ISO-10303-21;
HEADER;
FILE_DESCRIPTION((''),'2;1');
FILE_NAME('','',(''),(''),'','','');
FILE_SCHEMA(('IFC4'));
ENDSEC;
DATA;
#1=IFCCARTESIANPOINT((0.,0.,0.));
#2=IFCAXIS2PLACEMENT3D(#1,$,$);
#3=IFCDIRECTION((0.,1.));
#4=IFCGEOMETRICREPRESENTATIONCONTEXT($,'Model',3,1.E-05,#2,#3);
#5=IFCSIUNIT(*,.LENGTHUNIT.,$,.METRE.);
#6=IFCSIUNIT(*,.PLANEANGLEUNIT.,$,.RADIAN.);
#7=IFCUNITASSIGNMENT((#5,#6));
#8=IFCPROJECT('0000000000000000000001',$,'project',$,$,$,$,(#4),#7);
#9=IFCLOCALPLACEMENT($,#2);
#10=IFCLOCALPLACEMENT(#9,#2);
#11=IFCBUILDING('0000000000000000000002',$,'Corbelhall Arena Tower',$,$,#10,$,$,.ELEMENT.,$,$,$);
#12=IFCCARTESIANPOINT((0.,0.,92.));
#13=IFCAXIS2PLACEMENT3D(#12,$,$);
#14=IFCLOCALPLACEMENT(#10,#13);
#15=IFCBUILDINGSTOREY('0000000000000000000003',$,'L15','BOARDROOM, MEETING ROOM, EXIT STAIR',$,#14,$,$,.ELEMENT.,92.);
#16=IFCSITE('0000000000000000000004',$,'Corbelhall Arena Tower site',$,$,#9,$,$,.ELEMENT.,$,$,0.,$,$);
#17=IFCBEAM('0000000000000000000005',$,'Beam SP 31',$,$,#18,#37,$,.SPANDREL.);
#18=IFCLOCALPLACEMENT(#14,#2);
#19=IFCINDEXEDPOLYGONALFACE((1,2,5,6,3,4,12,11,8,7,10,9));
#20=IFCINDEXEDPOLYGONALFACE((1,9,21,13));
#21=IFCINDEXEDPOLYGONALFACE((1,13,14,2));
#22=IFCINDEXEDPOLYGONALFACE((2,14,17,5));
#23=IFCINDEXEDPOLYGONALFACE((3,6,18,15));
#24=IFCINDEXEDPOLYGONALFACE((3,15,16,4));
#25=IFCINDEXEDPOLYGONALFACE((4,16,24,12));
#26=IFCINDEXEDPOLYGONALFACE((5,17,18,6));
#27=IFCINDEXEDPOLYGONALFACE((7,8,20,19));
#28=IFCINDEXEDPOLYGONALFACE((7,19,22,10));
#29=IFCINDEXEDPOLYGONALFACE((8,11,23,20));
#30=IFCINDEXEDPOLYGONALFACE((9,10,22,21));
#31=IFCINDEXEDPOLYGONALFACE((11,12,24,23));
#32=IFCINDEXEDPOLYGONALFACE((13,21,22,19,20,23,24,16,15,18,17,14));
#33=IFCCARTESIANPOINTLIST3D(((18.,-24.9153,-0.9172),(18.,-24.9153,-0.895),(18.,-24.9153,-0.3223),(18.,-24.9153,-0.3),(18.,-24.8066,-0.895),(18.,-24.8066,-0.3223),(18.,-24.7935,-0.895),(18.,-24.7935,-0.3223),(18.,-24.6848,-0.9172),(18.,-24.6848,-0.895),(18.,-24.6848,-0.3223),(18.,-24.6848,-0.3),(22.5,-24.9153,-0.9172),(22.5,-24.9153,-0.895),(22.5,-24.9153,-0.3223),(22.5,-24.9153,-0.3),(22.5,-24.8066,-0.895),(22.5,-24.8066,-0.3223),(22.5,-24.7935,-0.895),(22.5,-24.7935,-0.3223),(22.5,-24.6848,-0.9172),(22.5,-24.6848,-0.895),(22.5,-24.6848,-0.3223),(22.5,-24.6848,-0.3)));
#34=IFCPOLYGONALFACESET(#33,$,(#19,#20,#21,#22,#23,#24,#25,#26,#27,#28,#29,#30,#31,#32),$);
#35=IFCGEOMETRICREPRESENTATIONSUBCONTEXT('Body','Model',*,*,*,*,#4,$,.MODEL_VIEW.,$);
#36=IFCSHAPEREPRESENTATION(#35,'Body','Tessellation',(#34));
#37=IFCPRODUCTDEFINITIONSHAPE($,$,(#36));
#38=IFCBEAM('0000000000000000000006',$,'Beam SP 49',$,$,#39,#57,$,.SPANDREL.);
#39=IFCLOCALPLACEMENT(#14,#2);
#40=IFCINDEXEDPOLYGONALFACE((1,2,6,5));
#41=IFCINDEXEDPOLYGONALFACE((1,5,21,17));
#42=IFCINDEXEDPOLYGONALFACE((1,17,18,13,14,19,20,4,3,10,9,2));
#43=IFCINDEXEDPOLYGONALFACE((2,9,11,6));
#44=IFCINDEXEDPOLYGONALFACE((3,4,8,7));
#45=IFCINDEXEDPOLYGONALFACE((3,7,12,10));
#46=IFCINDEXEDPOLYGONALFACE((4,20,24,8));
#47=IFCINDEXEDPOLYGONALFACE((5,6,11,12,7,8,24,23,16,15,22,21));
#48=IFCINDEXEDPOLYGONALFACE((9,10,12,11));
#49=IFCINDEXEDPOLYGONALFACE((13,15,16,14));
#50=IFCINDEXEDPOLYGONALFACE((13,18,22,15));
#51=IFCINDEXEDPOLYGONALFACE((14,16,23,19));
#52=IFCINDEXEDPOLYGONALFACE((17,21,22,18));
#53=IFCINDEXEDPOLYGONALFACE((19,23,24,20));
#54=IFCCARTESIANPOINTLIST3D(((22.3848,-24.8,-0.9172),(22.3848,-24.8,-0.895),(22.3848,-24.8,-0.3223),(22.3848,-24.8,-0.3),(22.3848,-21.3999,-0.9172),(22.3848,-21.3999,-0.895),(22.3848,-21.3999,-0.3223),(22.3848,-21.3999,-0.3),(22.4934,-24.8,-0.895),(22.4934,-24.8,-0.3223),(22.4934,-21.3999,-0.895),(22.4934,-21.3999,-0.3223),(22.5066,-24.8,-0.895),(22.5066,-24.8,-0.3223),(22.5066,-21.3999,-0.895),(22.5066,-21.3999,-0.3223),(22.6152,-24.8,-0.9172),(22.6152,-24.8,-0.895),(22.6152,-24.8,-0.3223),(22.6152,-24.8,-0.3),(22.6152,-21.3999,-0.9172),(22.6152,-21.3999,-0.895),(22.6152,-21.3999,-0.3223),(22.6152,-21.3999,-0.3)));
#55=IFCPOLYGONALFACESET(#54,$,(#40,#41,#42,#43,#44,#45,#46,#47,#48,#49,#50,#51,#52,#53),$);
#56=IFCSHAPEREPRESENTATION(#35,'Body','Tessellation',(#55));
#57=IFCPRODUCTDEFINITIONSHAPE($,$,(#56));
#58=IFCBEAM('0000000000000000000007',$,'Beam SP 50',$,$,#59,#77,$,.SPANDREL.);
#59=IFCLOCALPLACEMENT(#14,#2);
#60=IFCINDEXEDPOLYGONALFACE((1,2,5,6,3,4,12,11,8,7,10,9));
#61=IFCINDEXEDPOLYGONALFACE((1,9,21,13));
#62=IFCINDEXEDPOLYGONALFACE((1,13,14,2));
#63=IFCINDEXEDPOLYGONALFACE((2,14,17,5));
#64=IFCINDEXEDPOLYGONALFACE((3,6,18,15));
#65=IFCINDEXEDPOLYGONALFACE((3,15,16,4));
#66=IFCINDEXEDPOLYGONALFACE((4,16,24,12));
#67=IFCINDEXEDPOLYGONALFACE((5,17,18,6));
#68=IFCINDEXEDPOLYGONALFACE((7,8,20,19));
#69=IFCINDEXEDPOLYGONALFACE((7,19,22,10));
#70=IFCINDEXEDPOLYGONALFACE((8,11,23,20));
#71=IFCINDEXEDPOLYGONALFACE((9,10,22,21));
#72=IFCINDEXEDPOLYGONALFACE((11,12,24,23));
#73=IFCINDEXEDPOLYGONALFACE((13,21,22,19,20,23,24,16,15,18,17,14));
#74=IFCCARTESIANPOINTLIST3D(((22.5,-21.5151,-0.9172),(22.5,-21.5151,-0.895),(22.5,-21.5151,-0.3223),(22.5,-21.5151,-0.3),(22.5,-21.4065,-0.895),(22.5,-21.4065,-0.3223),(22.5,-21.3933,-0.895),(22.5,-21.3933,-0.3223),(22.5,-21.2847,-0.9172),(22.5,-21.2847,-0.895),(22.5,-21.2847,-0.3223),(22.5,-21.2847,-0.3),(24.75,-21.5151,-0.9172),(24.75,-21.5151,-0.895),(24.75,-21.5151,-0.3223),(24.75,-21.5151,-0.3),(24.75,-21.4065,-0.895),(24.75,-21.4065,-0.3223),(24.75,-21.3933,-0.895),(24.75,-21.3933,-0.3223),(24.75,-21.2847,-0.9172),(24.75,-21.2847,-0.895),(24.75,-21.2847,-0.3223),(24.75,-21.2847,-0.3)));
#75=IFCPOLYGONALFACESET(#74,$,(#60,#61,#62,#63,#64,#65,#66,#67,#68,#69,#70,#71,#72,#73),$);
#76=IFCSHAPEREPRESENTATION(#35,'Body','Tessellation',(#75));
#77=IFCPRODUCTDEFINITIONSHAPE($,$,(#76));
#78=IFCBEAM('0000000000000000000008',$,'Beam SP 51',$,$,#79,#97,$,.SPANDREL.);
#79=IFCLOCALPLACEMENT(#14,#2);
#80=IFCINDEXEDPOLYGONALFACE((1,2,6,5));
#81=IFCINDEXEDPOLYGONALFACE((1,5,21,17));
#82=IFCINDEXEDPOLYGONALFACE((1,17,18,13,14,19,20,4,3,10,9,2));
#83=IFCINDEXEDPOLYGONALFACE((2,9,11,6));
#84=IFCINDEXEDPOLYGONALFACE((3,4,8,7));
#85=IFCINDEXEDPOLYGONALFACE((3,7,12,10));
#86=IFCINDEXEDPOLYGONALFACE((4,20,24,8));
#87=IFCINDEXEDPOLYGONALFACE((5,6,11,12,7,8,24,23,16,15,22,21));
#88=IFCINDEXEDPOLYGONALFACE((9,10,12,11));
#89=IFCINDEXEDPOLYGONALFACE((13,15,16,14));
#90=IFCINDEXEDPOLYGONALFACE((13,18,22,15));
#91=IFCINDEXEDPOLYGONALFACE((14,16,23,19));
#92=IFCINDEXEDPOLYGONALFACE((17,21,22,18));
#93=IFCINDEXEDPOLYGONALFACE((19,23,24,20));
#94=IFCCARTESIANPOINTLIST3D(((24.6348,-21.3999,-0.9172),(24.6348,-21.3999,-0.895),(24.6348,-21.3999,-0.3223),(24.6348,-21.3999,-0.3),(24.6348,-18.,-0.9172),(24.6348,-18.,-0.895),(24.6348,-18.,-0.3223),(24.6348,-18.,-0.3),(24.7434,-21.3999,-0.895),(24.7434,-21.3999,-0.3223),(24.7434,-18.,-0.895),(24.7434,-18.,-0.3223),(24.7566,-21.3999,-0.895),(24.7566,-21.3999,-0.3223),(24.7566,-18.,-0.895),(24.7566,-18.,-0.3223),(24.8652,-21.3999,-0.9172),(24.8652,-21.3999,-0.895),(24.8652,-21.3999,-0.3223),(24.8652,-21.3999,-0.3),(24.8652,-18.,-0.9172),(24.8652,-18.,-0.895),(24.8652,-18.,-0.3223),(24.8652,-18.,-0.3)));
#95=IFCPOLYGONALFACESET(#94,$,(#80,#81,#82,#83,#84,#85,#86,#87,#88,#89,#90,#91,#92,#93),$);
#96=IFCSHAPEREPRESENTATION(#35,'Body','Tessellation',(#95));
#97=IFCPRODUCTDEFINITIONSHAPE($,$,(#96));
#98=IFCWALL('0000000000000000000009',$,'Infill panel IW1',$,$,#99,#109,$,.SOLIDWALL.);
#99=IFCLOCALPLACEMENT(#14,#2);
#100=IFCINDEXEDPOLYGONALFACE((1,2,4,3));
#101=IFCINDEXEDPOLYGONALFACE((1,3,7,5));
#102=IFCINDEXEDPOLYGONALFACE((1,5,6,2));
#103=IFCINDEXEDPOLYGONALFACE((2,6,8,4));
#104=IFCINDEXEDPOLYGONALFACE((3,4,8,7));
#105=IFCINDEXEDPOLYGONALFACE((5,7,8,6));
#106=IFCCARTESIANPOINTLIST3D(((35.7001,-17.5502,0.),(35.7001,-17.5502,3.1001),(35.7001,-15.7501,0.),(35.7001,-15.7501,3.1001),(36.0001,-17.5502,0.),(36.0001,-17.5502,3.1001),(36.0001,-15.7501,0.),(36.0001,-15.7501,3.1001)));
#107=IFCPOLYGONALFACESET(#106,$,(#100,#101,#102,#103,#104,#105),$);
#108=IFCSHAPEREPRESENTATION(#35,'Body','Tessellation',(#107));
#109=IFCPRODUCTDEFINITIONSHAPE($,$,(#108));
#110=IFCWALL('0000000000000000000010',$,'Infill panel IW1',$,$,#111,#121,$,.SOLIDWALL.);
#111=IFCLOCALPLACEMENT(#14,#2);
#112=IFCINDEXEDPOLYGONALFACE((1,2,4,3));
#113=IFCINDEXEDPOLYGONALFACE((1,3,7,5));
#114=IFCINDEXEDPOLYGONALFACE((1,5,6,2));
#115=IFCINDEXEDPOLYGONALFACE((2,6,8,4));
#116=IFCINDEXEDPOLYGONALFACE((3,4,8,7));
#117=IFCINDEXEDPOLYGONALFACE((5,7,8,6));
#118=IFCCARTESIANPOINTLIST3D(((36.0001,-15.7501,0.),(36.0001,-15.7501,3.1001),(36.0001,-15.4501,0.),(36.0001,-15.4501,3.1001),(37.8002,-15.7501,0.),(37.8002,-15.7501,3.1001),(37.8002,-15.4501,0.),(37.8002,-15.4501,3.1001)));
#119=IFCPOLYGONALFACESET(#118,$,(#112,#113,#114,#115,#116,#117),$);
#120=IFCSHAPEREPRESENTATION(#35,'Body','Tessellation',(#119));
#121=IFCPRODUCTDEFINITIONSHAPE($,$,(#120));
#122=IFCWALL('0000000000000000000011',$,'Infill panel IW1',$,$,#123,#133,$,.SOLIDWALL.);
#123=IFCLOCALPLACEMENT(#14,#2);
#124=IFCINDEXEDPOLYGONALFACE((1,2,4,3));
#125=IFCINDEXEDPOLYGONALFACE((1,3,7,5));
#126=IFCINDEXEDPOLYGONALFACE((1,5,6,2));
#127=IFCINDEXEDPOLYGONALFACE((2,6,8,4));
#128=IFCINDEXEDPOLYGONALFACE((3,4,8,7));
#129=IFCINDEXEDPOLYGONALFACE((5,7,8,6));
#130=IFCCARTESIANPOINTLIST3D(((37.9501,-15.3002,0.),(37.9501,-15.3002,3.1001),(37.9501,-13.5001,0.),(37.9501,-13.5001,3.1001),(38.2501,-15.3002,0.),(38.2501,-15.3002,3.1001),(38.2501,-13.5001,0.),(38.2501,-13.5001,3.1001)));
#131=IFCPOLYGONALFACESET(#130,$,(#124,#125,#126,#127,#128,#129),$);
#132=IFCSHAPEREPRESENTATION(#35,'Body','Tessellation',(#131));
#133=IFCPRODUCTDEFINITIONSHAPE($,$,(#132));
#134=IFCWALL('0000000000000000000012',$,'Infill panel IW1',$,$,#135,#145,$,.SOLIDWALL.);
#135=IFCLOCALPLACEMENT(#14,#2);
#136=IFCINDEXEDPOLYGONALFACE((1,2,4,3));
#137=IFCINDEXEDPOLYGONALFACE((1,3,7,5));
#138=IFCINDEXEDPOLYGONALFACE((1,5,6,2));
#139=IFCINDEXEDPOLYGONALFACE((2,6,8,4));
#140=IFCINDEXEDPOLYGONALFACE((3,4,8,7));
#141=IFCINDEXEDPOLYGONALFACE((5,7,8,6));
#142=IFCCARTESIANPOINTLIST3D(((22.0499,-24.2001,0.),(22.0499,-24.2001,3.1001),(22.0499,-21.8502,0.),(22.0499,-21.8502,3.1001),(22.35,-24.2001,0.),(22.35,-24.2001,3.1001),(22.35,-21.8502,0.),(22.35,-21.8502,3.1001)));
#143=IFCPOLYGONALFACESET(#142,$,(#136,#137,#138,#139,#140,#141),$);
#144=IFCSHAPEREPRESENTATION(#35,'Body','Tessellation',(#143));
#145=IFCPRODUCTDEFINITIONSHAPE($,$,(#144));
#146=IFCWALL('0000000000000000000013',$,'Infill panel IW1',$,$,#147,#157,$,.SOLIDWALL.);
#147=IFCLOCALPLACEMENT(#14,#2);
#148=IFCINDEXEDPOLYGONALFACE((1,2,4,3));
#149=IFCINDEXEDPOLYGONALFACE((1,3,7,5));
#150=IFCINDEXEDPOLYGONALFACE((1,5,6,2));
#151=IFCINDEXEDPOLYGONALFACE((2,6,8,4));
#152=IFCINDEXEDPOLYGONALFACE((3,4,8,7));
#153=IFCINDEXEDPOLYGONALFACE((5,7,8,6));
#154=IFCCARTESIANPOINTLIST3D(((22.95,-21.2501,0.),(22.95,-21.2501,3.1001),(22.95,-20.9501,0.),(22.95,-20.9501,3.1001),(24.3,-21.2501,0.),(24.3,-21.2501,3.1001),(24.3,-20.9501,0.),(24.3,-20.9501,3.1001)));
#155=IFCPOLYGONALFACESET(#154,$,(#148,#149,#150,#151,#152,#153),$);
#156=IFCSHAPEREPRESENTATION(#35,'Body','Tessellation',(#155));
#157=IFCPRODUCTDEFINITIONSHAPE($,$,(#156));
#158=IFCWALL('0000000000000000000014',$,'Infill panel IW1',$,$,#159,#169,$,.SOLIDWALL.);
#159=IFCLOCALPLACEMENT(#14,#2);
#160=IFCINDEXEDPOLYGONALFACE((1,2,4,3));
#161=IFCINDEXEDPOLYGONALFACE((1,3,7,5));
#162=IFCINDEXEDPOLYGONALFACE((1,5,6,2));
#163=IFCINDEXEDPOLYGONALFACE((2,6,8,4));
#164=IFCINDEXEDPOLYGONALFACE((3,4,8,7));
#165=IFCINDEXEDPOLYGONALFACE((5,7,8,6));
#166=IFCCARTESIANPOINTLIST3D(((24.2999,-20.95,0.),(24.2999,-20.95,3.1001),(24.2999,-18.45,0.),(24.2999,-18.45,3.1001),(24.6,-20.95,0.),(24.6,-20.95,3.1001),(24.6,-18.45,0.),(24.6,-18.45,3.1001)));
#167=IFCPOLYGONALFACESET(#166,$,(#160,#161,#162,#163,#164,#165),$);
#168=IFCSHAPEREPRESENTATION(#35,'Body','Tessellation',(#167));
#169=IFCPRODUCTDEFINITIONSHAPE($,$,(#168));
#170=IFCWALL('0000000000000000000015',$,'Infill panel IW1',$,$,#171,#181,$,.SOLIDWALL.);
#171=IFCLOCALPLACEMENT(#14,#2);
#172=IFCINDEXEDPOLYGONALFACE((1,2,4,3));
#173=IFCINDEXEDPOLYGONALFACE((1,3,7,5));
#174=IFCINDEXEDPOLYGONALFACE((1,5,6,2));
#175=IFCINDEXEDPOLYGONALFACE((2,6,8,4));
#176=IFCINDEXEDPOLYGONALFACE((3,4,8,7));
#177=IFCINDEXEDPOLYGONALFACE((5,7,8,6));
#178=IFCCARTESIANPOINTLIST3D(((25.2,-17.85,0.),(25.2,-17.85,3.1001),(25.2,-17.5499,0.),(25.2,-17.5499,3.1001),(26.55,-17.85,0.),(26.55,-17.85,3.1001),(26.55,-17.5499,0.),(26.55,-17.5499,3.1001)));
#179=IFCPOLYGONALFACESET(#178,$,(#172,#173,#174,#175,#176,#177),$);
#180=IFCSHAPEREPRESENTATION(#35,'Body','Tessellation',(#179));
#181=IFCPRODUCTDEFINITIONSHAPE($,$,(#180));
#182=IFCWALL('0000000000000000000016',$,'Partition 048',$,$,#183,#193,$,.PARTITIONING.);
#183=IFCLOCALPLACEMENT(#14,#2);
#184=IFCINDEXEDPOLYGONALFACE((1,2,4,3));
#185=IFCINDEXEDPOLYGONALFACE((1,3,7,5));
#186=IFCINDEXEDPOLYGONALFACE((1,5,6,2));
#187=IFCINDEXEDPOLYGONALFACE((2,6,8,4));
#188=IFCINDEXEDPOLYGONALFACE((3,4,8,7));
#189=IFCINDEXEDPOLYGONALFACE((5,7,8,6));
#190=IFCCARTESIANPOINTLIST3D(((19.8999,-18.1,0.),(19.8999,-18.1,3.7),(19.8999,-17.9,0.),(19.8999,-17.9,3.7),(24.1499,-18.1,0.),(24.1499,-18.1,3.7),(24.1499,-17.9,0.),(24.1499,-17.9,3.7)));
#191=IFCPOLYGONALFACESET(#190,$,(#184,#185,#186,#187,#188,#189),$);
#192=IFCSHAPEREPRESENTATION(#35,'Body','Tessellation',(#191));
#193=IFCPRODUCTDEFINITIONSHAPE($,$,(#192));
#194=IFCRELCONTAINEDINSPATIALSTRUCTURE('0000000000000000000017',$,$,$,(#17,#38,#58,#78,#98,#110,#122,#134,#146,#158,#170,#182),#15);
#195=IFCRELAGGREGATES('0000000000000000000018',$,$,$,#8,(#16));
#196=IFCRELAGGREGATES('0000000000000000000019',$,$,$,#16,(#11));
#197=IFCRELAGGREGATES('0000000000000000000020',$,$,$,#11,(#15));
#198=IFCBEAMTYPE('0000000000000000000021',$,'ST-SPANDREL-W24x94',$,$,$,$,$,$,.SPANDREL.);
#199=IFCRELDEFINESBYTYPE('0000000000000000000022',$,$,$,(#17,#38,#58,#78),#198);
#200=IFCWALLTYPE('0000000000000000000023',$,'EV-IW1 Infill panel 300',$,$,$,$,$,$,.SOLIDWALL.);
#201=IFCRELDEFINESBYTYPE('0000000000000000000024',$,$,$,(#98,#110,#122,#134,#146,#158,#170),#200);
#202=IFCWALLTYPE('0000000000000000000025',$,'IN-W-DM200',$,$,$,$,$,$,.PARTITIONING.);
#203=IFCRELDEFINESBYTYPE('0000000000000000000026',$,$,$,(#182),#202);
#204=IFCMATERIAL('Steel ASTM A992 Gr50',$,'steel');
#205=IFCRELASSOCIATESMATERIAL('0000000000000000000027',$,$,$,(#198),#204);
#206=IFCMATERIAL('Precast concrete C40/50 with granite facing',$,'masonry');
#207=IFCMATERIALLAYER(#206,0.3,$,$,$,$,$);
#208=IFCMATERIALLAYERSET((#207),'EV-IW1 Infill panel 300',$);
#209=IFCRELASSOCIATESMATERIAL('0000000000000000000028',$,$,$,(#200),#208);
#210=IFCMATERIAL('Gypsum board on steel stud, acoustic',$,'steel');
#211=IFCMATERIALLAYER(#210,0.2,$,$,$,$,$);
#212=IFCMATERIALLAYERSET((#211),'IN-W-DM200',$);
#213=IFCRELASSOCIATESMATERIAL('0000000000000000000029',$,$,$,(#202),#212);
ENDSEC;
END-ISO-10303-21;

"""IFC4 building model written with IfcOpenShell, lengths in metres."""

from ifc_helpers import new_model, si_unit, direction, frame, frame_2d, origin, origin_2d, place, context, subcontext, project, spatial, rectangle, i_section, extrude, material, layer, layer_set, material_profile, profile_set, type_object, element, save


model = new_model("IFC4")

# Units and contexts
model_context = context("Model", 3, precision=1e-05, world=origin(), true_north=direction((0.0, 1.0)))
body_context = subcontext(model_context, "Body", "Model", "MODEL_VIEW")
ifc_project = project(units=[si_unit("LENGTHUNIT", "METRE"), si_unit("PLANEANGLEUNIT", "RADIAN")], contexts=[model_context])

# Site, building, storey
site_placement = place(None, origin())
site = spatial("IfcSite", under=ifc_project, at=site_placement, Name="Corbelhall Arena Tower site", CompositionType="ELEMENT", RefElevation=0.0)
building_placement = place(site_placement, origin())
building = spatial("IfcBuilding", under=site, at=building_placement, Name="Corbelhall Arena Tower", CompositionType="ELEMENT")
storey_placement = place(building_placement, frame((0.0, 0.0, 92.0)))
storey = spatial("IfcBuildingStorey", under=building, at=storey_placement, Name="L15", Description="BOARDROOM, MEETING ROOM, EXIT STAIR", CompositionType="ELEMENT", Elevation=92.0)

# Beams
ifc_material_1 = material(Name="Steel ASTM A992 Gr50", Category="steel")
ifc_material_profile_1 = material_profile(ifc_material_1, i_section(OverallWidth=0.2305, OverallDepth=0.6172, WebThickness=0.0132, FlangeThickness=0.0222, at=origin_2d()))
ifc_profile_set_1 = profile_set([ifc_material_profile_1], Name="Steel ASTM A992 Gr50")
beam_type = type_object("IfcBeamType", Name="ST-SPANDREL-W24x94", PredefinedType="SPANDREL", material=ifc_profile_set_1)
beam_1_placement = place(storey_placement, frame((22.5, -24.8, -0.6086), z_axis=(-1.0, 0.0, 0.0), x_axis=(0.0, -1.0, 0.0)))
element("IfcBeam", 1, at=beam_1_placement, inside=storey, type_object=beam_type, Name="Beam SP 31", PredefinedType="SPANDREL", context=body_context, shape_type="SweptSolid", body=[
    extrude(i_section(OverallWidth=0.2305, OverallDepth=0.6172, WebThickness=0.0132, FlangeThickness=0.0222, at=origin_2d()), origin(), (0.0, 0.0, 1.0), 4.5),
])
beam_2_placement = place(storey_placement, frame((22.5, -21.3999, -0.6086), z_axis=(0.0, -1.0, 0.0), x_axis=(1.0, 0.0, 0.0)))
element("IfcBeam", 2, at=beam_2_placement, inside=storey, type_object=beam_type, Name="Beam SP 49", PredefinedType="SPANDREL", context=body_context, shape_type="SweptSolid", body=[
    extrude(i_section(OverallWidth=0.2305, OverallDepth=0.6172, WebThickness=0.0132, FlangeThickness=0.0222, at=origin_2d()), origin(), (0.0, 0.0, 1.0), 3.4001),
])
beam_3_placement = place(storey_placement, frame((24.75, -21.3999, -0.6086), z_axis=(-1.0, 0.0, 0.0), x_axis=(0.0, -1.0, 0.0)))
element("IfcBeam", 3, at=beam_3_placement, inside=storey, type_object=beam_type, Name="Beam SP 50", PredefinedType="SPANDREL", context=body_context, shape_type="SweptSolid", body=[
    extrude(i_section(OverallWidth=0.2305, OverallDepth=0.6172, WebThickness=0.0132, FlangeThickness=0.0222, at=origin_2d()), origin(), (0.0, 0.0, 1.0), 2.25),
])
beam_4_placement = place(storey_placement, frame((24.75, -18.0, -0.6086), z_axis=(0.0, -1.0, 0.0), x_axis=(1.0, 0.0, 0.0)))
element("IfcBeam", 4, at=beam_4_placement, inside=storey, type_object=beam_type, Name="Beam SP 51", PredefinedType="SPANDREL", context=body_context, shape_type="SweptSolid", body=[
    extrude(i_section(OverallWidth=0.2305, OverallDepth=0.6172, WebThickness=0.0132, FlangeThickness=0.0222, at=origin_2d()), origin(), (0.0, 0.0, 1.0), 3.3999),
])

# Walls
ifc_material_2 = material(Name="Precast concrete C40/50 with granite facing", Category="masonry")
ifc_layer_1 = layer(ifc_material_2, 0.3)
ifc_layer_set_1 = layer_set([ifc_layer_1], Name="EV-IW1 Infill panel 300")
wall_type_1 = type_object("IfcWallType", Name="EV-IW1 Infill panel 300", PredefinedType="SOLIDWALL", material=ifc_layer_set_1)
for number, where, z_axis, x_axis, name in (
    (5, (35.8501, -17.55, 0.0), (0.0, 0.0, 1.0), (0.0, 1.0, 0.0), "Infill panel IW1"),
    (6, (37.8, -15.6001, 0.0), (0.0, 0.0, 1.0), (-1.0, 0.0, 0.0), "Infill panel IW1"),
    (7, (38.1001, -15.3, 0.0), (0.0, 0.0, 1.0), (0.0, 1.0, 0.0), "Infill panel IW1"),
):
    element("IfcWall", number, at=place(storey_placement, frame(where, z_axis=z_axis, x_axis=x_axis)), inside=storey, type_object=wall_type_1, Name=name, PredefinedType="SOLIDWALL", context=body_context, shape_type="SweptSolid", body=[
        extrude(rectangle(XDim=1.8, YDim=0.3, at=frame_2d((0.8999, 0.0))), origin(), (0.0, 0.0, 1.0), 3.1001),
    ])
wall_1_placement = place(storey_placement, frame((22.2, -24.2, 0.0), z_axis=(0.0, 0.0, 1.0), x_axis=(0.0, 1.0, 0.0)))
element("IfcWall", 8, at=wall_1_placement, inside=storey, type_object=wall_type_1, Name="Infill panel IW1", PredefinedType="SOLIDWALL", context=body_context, shape_type="SweptSolid", body=[
    extrude(rectangle(XDim=2.3499, YDim=0.3, at=frame_2d((1.1748, 0.0))), origin(), (0.0, 0.0, 1.0), 3.1001),
])
wall_2_placement = place(storey_placement, frame((22.95, -21.1001, 0.0), z_axis=(0.0, 0.0, 1.0), x_axis=(1.0, 0.0, 0.0)))
element("IfcWall", 9, at=wall_2_placement, inside=storey, type_object=wall_type_1, Name="Infill panel IW1", PredefinedType="SOLIDWALL", context=body_context, shape_type="SweptSolid", body=[
    extrude(rectangle(XDim=1.3501, YDim=0.3, at=frame_2d((0.675, 0.0))), origin(), (0.0, 0.0, 1.0), 3.1001),
])
wall_3_placement = place(storey_placement, frame((24.45, -20.95, 0.0), z_axis=(0.0, 0.0, 1.0), x_axis=(0.0, 1.0, 0.0)))
element("IfcWall", 10, at=wall_3_placement, inside=storey, type_object=wall_type_1, Name="Infill panel IW1", PredefinedType="SOLIDWALL", context=body_context, shape_type="SweptSolid", body=[
    extrude(rectangle(XDim=2.5, YDim=0.3, at=frame_2d((1.25, 0.0))), origin(), (0.0, 0.0, 1.0), 3.1001),
])
wall_4_placement = place(storey_placement, frame((25.2, -17.7, 0.0), z_axis=(0.0, 0.0, 1.0), x_axis=(1.0, 0.0, 0.0)))
element("IfcWall", 11, at=wall_4_placement, inside=storey, type_object=wall_type_1, Name="Infill panel IW1", PredefinedType="SOLIDWALL", context=body_context, shape_type="SweptSolid", body=[
    extrude(rectangle(XDim=1.3501, YDim=0.3, at=frame_2d((0.675, 0.0))), origin(), (0.0, 0.0, 1.0), 3.1001),
])

# Wall
ifc_material_3 = material(Name="Gypsum board on steel stud, acoustic", Category="steel")
ifc_layer_2 = layer(ifc_material_3, 0.2)
ifc_layer_set_2 = layer_set([ifc_layer_2], Name="IN-W-DM200")
wall_type_2 = type_object("IfcWallType", Name="IN-W-DM200", PredefinedType="PARTITIONING", material=ifc_layer_set_2)
wall_5_placement = place(storey_placement, frame((19.8999, -18.0, 0.0), z_axis=(0.0, 0.0, 1.0), x_axis=(1.0, 0.0, 0.0)))
element("IfcWall", 12, at=wall_5_placement, inside=storey, type_object=wall_type_2, Name="Partition 048", PredefinedType="PARTITIONING", context=body_context, shape_type="SweptSolid", body=[
    extrude(rectangle(XDim=4.25, YDim=0.2, at=frame_2d((2.125, 0.0))), origin(), (0.0, 0.0, 1.0), 3.7),
])

save(model, "model.ifc")
